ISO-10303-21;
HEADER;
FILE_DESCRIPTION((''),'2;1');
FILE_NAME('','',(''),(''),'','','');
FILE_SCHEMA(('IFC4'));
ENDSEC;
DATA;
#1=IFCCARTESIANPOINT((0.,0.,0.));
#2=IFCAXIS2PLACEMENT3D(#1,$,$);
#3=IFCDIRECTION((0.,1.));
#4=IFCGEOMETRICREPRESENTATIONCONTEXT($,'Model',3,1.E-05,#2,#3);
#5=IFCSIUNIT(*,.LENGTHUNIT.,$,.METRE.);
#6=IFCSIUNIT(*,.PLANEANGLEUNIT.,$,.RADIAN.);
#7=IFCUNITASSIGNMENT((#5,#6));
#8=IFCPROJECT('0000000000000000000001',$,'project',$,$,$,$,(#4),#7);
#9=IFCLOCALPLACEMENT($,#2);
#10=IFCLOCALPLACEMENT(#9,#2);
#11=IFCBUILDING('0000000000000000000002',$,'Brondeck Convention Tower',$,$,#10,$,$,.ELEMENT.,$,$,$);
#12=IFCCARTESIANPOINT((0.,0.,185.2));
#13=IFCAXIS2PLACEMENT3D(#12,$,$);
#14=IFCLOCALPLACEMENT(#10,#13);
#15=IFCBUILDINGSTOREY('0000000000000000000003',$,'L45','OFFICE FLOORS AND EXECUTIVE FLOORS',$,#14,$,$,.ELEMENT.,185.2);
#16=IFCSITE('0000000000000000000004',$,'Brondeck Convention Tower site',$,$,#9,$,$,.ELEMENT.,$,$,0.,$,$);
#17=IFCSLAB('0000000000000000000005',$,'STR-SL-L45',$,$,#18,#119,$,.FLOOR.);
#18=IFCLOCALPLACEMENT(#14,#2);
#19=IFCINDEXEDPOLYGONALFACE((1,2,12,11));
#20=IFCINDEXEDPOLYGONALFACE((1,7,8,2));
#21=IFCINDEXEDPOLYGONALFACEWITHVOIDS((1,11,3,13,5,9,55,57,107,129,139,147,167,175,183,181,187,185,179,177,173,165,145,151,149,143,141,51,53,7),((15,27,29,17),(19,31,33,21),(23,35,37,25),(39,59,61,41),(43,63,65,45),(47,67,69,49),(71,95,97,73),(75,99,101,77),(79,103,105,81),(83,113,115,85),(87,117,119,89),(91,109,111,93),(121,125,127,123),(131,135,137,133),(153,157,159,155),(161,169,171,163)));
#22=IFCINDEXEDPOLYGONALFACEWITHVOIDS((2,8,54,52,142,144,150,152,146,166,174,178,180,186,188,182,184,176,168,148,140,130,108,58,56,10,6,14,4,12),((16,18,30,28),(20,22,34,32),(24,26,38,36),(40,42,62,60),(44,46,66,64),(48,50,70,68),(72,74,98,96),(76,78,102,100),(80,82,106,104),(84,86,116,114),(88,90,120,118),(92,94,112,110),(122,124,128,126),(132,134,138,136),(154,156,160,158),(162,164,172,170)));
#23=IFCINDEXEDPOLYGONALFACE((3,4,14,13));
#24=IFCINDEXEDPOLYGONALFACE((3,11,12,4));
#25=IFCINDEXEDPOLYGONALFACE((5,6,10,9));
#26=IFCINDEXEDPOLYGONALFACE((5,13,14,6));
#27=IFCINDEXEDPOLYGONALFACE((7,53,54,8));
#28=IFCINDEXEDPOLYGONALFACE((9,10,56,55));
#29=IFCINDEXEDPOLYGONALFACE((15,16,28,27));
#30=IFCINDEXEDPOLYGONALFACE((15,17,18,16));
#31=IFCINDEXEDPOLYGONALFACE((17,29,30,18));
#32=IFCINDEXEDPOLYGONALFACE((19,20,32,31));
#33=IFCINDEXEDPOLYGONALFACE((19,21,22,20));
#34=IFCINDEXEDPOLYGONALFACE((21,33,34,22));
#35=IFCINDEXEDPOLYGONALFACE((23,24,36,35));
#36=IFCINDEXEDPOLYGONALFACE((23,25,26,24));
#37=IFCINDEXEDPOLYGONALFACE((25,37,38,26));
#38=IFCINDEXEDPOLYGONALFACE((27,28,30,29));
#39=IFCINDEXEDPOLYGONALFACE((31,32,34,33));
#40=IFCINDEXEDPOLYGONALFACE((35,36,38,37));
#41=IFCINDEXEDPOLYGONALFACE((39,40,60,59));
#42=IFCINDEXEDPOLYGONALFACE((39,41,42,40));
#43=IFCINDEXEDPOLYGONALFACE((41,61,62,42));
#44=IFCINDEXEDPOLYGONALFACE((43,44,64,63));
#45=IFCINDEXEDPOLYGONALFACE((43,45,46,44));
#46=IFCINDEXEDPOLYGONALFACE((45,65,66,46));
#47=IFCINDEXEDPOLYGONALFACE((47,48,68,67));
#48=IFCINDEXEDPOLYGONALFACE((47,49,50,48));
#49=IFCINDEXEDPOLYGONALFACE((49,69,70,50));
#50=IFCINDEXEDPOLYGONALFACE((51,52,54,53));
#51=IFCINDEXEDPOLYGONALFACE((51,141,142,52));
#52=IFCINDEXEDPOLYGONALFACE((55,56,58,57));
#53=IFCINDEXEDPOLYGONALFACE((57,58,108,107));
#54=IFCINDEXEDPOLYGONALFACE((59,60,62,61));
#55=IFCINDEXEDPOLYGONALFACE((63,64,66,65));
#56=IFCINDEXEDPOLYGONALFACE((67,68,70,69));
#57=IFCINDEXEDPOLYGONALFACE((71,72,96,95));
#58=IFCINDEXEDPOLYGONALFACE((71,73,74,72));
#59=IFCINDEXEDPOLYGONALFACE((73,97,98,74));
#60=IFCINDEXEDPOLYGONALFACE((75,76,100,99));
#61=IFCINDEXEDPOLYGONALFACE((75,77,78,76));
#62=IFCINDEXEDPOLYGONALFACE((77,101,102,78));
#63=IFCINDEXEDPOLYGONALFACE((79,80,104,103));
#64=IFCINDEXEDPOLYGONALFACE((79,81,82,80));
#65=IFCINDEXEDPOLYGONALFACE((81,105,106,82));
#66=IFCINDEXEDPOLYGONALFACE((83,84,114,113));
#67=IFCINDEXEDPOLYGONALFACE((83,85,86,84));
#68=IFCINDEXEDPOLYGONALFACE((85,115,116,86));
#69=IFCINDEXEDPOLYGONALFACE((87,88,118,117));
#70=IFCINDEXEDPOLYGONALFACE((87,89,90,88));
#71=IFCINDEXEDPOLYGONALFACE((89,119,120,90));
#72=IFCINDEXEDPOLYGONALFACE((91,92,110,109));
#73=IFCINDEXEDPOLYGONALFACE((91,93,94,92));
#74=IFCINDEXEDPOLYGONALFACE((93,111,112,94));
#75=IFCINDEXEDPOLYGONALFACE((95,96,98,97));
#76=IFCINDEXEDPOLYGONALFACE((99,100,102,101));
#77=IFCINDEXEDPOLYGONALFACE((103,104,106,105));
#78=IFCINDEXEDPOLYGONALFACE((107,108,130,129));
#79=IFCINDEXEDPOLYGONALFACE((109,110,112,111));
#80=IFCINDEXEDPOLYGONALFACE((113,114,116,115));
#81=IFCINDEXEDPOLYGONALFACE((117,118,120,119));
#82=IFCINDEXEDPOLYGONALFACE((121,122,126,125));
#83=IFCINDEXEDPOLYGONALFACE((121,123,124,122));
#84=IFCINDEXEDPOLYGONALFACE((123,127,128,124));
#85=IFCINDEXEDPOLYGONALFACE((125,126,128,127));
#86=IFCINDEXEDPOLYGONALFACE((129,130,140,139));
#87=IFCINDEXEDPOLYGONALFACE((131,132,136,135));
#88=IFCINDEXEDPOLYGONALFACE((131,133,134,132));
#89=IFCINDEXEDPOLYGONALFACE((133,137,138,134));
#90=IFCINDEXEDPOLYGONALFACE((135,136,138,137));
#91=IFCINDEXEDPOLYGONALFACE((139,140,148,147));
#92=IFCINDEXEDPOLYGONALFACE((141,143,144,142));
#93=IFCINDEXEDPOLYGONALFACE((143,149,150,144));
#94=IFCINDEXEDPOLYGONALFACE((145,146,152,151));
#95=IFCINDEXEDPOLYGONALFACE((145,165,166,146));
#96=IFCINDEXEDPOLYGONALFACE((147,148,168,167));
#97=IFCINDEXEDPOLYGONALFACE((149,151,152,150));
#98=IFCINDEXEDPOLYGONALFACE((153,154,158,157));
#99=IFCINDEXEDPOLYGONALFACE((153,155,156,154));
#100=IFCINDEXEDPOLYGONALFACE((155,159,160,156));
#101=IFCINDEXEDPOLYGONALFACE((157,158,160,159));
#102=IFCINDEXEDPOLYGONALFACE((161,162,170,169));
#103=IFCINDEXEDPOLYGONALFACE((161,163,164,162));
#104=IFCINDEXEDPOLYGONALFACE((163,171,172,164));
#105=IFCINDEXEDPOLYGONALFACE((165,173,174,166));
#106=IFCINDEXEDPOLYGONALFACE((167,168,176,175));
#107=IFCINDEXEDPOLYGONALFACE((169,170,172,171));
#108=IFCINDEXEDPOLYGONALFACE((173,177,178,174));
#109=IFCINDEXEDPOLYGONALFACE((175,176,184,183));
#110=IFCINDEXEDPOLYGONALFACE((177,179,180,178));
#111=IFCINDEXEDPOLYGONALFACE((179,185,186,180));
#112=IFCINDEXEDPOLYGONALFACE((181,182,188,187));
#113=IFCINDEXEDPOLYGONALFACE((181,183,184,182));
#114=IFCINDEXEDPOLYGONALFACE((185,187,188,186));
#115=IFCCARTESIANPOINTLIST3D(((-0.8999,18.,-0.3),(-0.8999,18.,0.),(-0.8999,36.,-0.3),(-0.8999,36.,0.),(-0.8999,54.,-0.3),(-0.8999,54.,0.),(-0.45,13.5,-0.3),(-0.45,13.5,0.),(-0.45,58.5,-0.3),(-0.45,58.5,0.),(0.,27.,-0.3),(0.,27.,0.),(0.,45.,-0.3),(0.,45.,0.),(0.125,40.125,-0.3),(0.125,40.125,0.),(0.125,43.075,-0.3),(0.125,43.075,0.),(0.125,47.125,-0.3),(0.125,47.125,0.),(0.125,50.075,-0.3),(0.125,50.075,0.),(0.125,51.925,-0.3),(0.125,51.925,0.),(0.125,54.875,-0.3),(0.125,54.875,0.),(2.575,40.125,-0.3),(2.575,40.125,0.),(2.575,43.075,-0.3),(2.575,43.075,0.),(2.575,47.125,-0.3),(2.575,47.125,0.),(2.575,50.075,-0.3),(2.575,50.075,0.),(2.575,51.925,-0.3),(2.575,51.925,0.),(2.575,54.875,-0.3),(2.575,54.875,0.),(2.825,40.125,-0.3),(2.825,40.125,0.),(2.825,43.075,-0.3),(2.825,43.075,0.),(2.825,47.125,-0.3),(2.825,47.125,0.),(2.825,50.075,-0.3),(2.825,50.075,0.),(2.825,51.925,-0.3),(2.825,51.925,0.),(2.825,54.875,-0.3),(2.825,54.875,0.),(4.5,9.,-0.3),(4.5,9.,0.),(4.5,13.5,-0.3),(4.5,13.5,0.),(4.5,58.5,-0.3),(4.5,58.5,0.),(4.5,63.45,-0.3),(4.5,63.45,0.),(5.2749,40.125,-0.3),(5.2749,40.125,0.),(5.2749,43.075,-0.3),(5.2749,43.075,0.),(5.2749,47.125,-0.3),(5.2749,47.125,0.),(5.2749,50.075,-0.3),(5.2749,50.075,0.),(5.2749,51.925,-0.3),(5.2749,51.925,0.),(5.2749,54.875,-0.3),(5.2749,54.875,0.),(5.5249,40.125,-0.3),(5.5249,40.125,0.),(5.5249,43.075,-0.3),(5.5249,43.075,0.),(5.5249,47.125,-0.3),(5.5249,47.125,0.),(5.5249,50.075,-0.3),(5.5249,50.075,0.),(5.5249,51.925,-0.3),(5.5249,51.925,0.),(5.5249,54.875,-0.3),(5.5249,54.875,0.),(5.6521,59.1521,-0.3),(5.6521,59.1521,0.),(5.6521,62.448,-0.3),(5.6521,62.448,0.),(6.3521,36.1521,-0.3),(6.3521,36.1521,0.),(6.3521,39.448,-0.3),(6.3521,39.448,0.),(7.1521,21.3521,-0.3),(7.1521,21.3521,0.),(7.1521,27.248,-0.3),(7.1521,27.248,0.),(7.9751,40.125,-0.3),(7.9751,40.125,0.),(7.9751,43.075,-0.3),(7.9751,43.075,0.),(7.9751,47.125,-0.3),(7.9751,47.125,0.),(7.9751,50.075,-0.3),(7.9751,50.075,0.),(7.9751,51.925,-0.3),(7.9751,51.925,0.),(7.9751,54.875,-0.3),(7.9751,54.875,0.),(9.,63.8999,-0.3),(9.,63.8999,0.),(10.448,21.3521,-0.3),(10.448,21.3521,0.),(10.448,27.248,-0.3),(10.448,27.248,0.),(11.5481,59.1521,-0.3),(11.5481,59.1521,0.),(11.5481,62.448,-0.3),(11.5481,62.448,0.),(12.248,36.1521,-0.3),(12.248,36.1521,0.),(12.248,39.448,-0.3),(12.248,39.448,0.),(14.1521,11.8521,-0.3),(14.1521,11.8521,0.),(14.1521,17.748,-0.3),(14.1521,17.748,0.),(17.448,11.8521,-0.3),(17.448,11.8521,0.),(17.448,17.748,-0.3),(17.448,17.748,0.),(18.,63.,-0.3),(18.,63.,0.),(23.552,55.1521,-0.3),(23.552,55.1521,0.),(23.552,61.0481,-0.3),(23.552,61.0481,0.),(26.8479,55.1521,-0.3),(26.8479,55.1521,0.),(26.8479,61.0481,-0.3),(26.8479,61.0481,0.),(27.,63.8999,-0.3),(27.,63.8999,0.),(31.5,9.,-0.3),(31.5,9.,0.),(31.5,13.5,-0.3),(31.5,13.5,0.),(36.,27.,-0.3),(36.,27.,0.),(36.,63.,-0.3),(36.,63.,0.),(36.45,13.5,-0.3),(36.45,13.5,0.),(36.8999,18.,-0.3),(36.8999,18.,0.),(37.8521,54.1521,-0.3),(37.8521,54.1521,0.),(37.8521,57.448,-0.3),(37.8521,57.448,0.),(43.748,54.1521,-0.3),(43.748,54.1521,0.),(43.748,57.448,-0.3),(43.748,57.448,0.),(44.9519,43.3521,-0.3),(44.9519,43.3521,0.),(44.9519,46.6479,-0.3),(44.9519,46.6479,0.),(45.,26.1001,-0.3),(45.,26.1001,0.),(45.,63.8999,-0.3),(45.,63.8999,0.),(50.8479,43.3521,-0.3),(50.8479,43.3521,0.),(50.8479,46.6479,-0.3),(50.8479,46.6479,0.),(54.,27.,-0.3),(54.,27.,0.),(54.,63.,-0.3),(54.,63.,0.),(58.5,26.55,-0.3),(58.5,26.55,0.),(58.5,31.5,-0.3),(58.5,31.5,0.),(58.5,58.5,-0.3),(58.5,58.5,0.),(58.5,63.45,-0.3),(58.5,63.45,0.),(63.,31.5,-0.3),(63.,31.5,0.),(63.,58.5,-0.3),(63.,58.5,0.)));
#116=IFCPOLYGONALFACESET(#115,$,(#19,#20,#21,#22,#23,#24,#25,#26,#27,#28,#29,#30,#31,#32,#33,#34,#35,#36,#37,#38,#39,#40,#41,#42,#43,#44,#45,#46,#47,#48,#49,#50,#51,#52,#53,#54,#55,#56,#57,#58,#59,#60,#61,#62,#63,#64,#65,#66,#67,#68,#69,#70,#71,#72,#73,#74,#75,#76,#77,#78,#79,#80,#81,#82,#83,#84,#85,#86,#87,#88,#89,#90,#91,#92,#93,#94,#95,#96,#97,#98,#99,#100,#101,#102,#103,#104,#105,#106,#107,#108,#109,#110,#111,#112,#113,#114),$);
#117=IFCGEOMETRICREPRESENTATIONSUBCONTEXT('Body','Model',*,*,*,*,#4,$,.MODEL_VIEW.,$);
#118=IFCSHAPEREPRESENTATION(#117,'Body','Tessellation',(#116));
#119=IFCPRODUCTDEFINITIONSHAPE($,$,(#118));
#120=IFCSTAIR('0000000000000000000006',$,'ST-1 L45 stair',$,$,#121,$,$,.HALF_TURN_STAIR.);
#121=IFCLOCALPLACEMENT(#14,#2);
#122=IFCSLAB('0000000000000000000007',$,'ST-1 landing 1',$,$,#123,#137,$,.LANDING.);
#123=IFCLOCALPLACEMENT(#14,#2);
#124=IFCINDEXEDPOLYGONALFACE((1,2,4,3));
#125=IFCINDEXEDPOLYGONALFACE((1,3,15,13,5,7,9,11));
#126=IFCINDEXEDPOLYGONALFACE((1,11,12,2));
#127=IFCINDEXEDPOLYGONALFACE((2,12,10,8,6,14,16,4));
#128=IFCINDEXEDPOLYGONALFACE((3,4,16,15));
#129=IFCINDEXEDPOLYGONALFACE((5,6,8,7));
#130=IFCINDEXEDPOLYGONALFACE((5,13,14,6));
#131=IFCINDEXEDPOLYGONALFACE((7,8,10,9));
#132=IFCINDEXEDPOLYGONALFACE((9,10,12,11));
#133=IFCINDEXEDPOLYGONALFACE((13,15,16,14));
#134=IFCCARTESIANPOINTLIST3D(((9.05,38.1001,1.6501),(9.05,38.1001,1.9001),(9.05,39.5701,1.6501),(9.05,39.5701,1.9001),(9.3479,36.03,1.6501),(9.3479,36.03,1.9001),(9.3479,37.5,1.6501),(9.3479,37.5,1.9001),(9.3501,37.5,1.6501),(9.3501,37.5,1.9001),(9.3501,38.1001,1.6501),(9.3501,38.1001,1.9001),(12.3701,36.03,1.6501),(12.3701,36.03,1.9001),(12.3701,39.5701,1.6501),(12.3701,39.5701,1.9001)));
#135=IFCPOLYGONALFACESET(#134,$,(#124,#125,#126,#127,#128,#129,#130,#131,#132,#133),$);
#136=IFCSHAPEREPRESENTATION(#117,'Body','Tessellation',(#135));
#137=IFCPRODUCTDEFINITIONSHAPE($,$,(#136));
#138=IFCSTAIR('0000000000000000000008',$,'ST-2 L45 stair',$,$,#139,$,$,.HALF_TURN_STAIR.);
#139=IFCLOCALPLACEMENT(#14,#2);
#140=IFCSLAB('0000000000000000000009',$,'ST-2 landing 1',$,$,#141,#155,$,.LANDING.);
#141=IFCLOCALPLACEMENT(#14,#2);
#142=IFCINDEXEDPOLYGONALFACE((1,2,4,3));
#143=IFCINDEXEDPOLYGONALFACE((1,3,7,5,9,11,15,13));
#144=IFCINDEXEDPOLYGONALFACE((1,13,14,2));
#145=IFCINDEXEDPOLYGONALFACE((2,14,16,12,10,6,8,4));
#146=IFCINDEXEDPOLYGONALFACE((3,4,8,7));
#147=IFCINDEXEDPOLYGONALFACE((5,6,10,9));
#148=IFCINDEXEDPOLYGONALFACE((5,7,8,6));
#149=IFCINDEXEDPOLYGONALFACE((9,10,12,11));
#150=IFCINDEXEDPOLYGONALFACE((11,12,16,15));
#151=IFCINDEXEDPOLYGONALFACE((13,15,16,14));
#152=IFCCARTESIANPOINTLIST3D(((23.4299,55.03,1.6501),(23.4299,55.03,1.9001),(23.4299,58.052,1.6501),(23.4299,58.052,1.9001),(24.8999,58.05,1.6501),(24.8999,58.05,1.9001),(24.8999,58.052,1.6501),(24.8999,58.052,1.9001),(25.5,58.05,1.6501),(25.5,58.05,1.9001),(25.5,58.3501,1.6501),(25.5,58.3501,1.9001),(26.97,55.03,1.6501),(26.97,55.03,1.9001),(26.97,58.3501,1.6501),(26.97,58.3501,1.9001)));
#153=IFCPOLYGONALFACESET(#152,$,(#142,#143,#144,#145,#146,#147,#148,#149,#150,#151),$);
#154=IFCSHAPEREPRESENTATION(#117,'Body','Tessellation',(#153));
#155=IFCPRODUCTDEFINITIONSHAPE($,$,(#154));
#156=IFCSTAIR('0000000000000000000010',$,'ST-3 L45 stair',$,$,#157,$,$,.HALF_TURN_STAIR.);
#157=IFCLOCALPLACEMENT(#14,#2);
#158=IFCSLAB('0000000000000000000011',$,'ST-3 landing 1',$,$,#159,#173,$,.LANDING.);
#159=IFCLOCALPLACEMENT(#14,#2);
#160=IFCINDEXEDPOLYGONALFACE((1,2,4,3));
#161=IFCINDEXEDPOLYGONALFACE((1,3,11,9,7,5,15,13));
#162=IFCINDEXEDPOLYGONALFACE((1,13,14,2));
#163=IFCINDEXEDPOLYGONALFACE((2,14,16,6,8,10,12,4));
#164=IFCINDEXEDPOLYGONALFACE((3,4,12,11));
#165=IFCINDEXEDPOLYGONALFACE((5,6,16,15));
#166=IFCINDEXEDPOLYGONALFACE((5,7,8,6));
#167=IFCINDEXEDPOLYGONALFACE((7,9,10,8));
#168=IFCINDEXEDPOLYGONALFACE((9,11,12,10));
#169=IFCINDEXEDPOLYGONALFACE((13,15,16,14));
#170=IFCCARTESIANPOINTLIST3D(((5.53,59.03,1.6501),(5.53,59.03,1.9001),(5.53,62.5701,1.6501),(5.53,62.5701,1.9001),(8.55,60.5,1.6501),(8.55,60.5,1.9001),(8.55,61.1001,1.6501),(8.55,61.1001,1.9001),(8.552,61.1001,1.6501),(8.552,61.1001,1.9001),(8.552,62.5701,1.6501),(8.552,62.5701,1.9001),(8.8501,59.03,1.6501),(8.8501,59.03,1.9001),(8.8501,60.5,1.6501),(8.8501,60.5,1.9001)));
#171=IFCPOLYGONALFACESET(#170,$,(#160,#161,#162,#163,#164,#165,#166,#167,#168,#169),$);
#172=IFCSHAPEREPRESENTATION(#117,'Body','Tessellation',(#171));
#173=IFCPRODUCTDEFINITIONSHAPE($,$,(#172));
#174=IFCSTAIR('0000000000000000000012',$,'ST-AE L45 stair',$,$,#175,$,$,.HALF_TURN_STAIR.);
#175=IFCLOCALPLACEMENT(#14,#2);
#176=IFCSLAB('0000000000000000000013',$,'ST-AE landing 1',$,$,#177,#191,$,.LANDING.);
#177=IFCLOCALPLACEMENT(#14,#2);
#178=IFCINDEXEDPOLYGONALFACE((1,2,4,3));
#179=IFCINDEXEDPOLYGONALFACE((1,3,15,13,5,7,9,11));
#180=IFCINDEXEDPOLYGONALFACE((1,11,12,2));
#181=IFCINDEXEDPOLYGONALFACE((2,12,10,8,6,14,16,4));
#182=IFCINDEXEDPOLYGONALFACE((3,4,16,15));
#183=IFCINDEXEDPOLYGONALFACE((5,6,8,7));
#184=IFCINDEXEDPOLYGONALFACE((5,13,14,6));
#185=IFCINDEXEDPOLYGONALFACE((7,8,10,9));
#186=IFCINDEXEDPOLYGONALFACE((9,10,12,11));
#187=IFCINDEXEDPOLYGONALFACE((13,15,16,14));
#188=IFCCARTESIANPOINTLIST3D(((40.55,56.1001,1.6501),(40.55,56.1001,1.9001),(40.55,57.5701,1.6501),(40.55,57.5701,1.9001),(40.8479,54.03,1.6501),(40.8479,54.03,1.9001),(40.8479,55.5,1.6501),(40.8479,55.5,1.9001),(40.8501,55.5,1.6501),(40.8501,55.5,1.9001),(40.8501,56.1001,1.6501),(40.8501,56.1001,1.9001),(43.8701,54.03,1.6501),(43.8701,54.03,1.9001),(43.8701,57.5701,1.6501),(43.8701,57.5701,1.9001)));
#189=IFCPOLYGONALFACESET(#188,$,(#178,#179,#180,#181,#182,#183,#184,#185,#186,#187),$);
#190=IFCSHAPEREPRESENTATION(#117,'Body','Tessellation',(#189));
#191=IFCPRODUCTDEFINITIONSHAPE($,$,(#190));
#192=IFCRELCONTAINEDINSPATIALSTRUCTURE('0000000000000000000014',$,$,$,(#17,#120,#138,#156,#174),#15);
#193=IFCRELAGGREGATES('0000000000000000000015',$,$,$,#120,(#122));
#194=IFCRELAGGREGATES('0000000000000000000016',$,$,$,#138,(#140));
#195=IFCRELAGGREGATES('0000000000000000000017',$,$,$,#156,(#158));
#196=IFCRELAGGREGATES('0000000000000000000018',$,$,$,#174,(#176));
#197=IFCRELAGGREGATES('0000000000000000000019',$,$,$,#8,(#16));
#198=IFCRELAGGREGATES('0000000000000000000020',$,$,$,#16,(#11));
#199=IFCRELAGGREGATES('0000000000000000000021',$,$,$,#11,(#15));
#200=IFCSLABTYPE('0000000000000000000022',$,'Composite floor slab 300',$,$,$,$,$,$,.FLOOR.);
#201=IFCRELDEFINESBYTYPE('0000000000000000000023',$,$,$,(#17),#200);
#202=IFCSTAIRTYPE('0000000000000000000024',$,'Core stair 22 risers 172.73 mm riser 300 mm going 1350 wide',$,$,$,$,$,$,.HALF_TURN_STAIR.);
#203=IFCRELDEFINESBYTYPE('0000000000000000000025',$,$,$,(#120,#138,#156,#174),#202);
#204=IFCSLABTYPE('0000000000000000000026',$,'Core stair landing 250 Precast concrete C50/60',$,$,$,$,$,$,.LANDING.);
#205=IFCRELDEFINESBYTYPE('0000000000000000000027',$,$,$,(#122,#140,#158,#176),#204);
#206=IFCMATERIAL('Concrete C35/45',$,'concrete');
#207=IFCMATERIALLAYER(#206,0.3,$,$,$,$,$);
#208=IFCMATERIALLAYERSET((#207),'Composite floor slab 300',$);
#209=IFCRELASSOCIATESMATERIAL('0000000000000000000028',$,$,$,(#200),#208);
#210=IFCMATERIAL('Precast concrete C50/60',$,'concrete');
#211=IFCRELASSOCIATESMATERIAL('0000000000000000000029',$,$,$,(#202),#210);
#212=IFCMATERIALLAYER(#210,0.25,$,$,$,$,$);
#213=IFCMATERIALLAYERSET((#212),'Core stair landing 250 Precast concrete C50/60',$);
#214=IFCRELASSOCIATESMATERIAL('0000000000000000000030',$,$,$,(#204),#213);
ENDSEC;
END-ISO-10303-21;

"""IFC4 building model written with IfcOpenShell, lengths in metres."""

from ifc_helpers import new_model, si_unit, direction, frame, origin, place, context, subcontext, project, spatial, polyline, outline, extrude, material, layer, layer_set, type_object, element, aggregate, save


model = new_model("IFC4")

# Units and contexts
model_context = context("Model", 3, precision=1e-05, world=origin(), true_north=direction((0.0, 1.0)))
body_context = subcontext(model_context, "Body", "Model", "MODEL_VIEW")
ifc_project = project(units=[si_unit("LENGTHUNIT", "METRE"), si_unit("PLANEANGLEUNIT", "RADIAN")], contexts=[model_context])

# Site, building, storey
site_placement = place(None, origin())
site = spatial("IfcSite", under=ifc_project, at=site_placement, Name="Brondeck Convention Tower site", CompositionType="ELEMENT", RefElevation=0.0)
building_placement = place(site_placement, origin())
building = spatial("IfcBuilding", under=site, at=building_placement, Name="Brondeck Convention Tower", CompositionType="ELEMENT")
storey_placement = place(building_placement, frame((0.0, 0.0, 185.2)))
storey = spatial("IfcBuildingStorey", under=building, at=storey_placement, Name="L45", Description="OFFICE FLOORS AND EXECUTIVE FLOORS", CompositionType="ELEMENT", Elevation=185.2)

# Slab
ifc_material_1 = material(Name="Concrete C35/45", Category="concrete")
ifc_layer_1 = layer(ifc_material_1, 0.3)
ifc_layer_set_1 = layer_set([ifc_layer_1], Name="Composite floor slab 300")
slab_type_1 = type_object("IfcSlabType", Name="Composite floor slab 300", PredefinedType="FLOOR", material=ifc_layer_set_1)
slab_1_placement = place(storey_placement, frame((0.0, 0.0, -0.3)))
element("IfcSlab", 1, at=slab_1_placement, inside=storey, type_object=slab_type_1, Name="STR-SL-L45", PredefinedType="FLOOR", context=body_context, shape_type="SweptSolid", body=[
    extrude(outline(polyline([(4.5, 13.5), (-0.45, 13.5), (-0.8999, 18.0), (0.0, 27.0), (-0.8999, 36.0), (0.0, 45.0), (-0.8999, 54.0), (-0.45, 58.5), (4.5, 58.5), (4.5, 63.45), (9.0, 63.8999), (18.0, 63.0), (27.0, 63.8999), (36.0, 63.0), (45.0, 63.8999), (54.0, 63.0), (58.5, 63.45), (58.5, 58.5), (63.0, 58.5), (63.0, 31.5), (58.5, 31.5), (58.5, 26.55), (54.0, 27.0), (45.0, 26.1001), (36.0, 27.0), (36.8999, 18.0), (36.45, 13.5), (31.5, 13.5), (31.5, 9.0), (4.5, 9.0), (4.5, 13.5)]), holes=[polyline([(2.575, 40.125), (2.575, 43.075), (0.125, 43.075), (0.125, 40.125), (2.575, 40.125)]), polyline([(5.2749, 40.125), (5.2749, 43.075), (2.825, 43.075), (2.825, 40.125), (5.2749, 40.125)]), polyline([(7.9751, 40.125), (7.9751, 43.075), (5.5249, 43.075), (5.5249, 40.125), (7.9751, 40.125)]), polyline([(2.575, 47.125), (2.575, 50.075), (0.125, 50.075), (0.125, 47.125), (2.575, 47.125)]), polyline([(5.2749, 47.125), (5.2749, 50.075), (2.825, 50.075), (2.825, 47.125), (5.2749, 47.125)]), polyline([(7.9751, 47.125), (7.9751, 50.075), (5.5249, 50.075), (5.5249, 47.125), (7.9751, 47.125)]), polyline([(2.575, 51.925), (2.575, 54.875), (0.125, 54.875), (0.125, 51.925), (2.575, 51.925)]), polyline([(5.2749, 51.925), (5.2749, 54.875), (2.825, 54.875), (2.825, 51.925), (5.2749, 51.925)]), polyline([(17.448, 17.748), (14.1521, 17.748), (14.1521, 11.8521), (17.448, 11.8521), (17.448, 17.748)]), polyline([(10.448, 27.248), (7.1521, 27.248), (7.1521, 21.3521), (10.448, 21.3521), (10.448, 27.248)]), polyline([(12.248, 36.1521), (12.248, 39.448), (6.3521, 39.448), (6.3521, 36.1521), (12.248, 36.1521)]), polyline([(50.8479, 43.3521), (50.8479, 46.6479), (44.9519, 46.6479), (44.9519, 43.3521), (50.8479, 43.3521)]), polyline([(7.9751, 51.925), (7.9751, 54.875), (5.5249, 54.875), (5.5249, 51.925), (7.9751, 51.925)]), polyline([(43.748, 54.1521), (43.748, 57.448), (37.8521, 57.448), (37.8521, 54.1521), (43.748, 54.1521)]), polyline([(23.552, 55.1521), (26.8479, 55.1521), (26.8479, 61.0481), (23.552, 61.0481), (23.552, 55.1521)]), polyline([(5.6521, 62.448), (5.6521, 59.1521), (11.5481, 59.1521), (11.5481, 62.448), (5.6521, 62.448)])]), origin(), (0.0, 0.0, 1.0), 0.3),
])

# Stairs, slabs
ifc_material_2 = material(Name="Precast concrete C50/60", Category="concrete")
stair_type = type_object("IfcStairType", Name="Core stair 22 risers 172.73 mm riser 300 mm going 1350 wide", PredefinedType="HALF_TURN_STAIR", material=ifc_material_2)
stair_1_placement = place(storey_placement, origin())
stair_1 = element("IfcStair", 2, at=stair_1_placement, inside=storey, type_object=stair_type, Name="ST-1 L45 stair", PredefinedType="HALF_TURN_STAIR")
ifc_layer_2 = layer(ifc_material_2, 0.25)
ifc_layer_set_2 = layer_set([ifc_layer_2], Name="Core stair landing 250 Precast concrete C50/60")
slab_type_2 = type_object("IfcSlabType", Name="Core stair landing 250 Precast concrete C50/60", PredefinedType="LANDING", material=ifc_layer_set_2)
slab_2_placement = place(storey_placement, frame((0.0, 0.0, 1.6501)))
slab_2 = element("IfcSlab", 3, at=slab_2_placement, type_object=slab_type_2, Name="ST-1 landing 1", PredefinedType="LANDING", context=body_context, shape_type="SweptSolid", body=[
    extrude(outline(polyline([(9.3479, 37.5), (9.3501, 37.5), (9.3501, 38.1001), (9.05, 38.1001), (9.05, 39.5701), (12.3701, 39.5701), (12.3701, 36.03), (9.3479, 36.03), (9.3479, 37.5)])), origin(), (0.0, 0.0, 1.0), 0.25),
])
aggregate(stair_1, [slab_2])
stair_2_placement = place(storey_placement, origin())
stair_2 = element("IfcStair", 4, at=stair_2_placement, inside=storey, type_object=stair_type, Name="ST-2 L45 stair", PredefinedType="HALF_TURN_STAIR")
slab_3_placement = place(storey_placement, frame((0.0, 0.0, 1.6501)))
slab_3 = element("IfcSlab", 5, at=slab_3_placement, type_object=slab_type_2, Name="ST-2 landing 1", PredefinedType="LANDING", context=body_context, shape_type="SweptSolid", body=[
    extrude(outline(polyline([(23.4299, 58.052), (24.8999, 58.052), (24.8999, 58.05), (25.5, 58.05), (25.5, 58.3501), (26.97, 58.3501), (26.97, 55.03), (23.4299, 55.03), (23.4299, 58.052)])), origin(), (0.0, 0.0, 1.0), 0.25),
])
aggregate(stair_2, [slab_3])
stair_3_placement = place(storey_placement, origin())
stair_3 = element("IfcStair", 6, at=stair_3_placement, inside=storey, type_object=stair_type, Name="ST-3 L45 stair", PredefinedType="HALF_TURN_STAIR")
slab_4_placement = place(storey_placement, frame((0.0, 0.0, 1.6501)))
slab_4 = element("IfcSlab", 7, at=slab_4_placement, type_object=slab_type_2, Name="ST-3 landing 1", PredefinedType="LANDING", context=body_context, shape_type="SweptSolid", body=[
    extrude(outline(polyline([(8.8501, 60.5), (8.8501, 59.03), (5.53, 59.03), (5.53, 62.5701), (8.552, 62.5701), (8.552, 61.1001), (8.55, 61.1001), (8.55, 60.5), (8.8501, 60.5)])), origin(), (0.0, 0.0, 1.0), 0.25),
])
aggregate(stair_3, [slab_4])
stair_4_placement = place(storey_placement, origin())
stair_4 = element("IfcStair", 8, at=stair_4_placement, inside=storey, type_object=stair_type, Name="ST-AE L45 stair", PredefinedType="HALF_TURN_STAIR")
slab_5_placement = place(storey_placement, frame((0.0, 0.0, 1.6501)))
slab_5 = element("IfcSlab", 9, at=slab_5_placement, type_object=slab_type_2, Name="ST-AE landing 1", PredefinedType="LANDING", context=body_context, shape_type="SweptSolid", body=[
    extrude(outline(polyline([(40.8479, 55.5), (40.8501, 55.5), (40.8501, 56.1001), (40.55, 56.1001), (40.55, 57.5701), (43.8701, 57.5701), (43.8701, 54.03), (40.8479, 54.03), (40.8479, 55.5)])), origin(), (0.0, 0.0, 1.0), 0.25),
])
aggregate(stair_4, [slab_5])

save(model, "model.ifc")
